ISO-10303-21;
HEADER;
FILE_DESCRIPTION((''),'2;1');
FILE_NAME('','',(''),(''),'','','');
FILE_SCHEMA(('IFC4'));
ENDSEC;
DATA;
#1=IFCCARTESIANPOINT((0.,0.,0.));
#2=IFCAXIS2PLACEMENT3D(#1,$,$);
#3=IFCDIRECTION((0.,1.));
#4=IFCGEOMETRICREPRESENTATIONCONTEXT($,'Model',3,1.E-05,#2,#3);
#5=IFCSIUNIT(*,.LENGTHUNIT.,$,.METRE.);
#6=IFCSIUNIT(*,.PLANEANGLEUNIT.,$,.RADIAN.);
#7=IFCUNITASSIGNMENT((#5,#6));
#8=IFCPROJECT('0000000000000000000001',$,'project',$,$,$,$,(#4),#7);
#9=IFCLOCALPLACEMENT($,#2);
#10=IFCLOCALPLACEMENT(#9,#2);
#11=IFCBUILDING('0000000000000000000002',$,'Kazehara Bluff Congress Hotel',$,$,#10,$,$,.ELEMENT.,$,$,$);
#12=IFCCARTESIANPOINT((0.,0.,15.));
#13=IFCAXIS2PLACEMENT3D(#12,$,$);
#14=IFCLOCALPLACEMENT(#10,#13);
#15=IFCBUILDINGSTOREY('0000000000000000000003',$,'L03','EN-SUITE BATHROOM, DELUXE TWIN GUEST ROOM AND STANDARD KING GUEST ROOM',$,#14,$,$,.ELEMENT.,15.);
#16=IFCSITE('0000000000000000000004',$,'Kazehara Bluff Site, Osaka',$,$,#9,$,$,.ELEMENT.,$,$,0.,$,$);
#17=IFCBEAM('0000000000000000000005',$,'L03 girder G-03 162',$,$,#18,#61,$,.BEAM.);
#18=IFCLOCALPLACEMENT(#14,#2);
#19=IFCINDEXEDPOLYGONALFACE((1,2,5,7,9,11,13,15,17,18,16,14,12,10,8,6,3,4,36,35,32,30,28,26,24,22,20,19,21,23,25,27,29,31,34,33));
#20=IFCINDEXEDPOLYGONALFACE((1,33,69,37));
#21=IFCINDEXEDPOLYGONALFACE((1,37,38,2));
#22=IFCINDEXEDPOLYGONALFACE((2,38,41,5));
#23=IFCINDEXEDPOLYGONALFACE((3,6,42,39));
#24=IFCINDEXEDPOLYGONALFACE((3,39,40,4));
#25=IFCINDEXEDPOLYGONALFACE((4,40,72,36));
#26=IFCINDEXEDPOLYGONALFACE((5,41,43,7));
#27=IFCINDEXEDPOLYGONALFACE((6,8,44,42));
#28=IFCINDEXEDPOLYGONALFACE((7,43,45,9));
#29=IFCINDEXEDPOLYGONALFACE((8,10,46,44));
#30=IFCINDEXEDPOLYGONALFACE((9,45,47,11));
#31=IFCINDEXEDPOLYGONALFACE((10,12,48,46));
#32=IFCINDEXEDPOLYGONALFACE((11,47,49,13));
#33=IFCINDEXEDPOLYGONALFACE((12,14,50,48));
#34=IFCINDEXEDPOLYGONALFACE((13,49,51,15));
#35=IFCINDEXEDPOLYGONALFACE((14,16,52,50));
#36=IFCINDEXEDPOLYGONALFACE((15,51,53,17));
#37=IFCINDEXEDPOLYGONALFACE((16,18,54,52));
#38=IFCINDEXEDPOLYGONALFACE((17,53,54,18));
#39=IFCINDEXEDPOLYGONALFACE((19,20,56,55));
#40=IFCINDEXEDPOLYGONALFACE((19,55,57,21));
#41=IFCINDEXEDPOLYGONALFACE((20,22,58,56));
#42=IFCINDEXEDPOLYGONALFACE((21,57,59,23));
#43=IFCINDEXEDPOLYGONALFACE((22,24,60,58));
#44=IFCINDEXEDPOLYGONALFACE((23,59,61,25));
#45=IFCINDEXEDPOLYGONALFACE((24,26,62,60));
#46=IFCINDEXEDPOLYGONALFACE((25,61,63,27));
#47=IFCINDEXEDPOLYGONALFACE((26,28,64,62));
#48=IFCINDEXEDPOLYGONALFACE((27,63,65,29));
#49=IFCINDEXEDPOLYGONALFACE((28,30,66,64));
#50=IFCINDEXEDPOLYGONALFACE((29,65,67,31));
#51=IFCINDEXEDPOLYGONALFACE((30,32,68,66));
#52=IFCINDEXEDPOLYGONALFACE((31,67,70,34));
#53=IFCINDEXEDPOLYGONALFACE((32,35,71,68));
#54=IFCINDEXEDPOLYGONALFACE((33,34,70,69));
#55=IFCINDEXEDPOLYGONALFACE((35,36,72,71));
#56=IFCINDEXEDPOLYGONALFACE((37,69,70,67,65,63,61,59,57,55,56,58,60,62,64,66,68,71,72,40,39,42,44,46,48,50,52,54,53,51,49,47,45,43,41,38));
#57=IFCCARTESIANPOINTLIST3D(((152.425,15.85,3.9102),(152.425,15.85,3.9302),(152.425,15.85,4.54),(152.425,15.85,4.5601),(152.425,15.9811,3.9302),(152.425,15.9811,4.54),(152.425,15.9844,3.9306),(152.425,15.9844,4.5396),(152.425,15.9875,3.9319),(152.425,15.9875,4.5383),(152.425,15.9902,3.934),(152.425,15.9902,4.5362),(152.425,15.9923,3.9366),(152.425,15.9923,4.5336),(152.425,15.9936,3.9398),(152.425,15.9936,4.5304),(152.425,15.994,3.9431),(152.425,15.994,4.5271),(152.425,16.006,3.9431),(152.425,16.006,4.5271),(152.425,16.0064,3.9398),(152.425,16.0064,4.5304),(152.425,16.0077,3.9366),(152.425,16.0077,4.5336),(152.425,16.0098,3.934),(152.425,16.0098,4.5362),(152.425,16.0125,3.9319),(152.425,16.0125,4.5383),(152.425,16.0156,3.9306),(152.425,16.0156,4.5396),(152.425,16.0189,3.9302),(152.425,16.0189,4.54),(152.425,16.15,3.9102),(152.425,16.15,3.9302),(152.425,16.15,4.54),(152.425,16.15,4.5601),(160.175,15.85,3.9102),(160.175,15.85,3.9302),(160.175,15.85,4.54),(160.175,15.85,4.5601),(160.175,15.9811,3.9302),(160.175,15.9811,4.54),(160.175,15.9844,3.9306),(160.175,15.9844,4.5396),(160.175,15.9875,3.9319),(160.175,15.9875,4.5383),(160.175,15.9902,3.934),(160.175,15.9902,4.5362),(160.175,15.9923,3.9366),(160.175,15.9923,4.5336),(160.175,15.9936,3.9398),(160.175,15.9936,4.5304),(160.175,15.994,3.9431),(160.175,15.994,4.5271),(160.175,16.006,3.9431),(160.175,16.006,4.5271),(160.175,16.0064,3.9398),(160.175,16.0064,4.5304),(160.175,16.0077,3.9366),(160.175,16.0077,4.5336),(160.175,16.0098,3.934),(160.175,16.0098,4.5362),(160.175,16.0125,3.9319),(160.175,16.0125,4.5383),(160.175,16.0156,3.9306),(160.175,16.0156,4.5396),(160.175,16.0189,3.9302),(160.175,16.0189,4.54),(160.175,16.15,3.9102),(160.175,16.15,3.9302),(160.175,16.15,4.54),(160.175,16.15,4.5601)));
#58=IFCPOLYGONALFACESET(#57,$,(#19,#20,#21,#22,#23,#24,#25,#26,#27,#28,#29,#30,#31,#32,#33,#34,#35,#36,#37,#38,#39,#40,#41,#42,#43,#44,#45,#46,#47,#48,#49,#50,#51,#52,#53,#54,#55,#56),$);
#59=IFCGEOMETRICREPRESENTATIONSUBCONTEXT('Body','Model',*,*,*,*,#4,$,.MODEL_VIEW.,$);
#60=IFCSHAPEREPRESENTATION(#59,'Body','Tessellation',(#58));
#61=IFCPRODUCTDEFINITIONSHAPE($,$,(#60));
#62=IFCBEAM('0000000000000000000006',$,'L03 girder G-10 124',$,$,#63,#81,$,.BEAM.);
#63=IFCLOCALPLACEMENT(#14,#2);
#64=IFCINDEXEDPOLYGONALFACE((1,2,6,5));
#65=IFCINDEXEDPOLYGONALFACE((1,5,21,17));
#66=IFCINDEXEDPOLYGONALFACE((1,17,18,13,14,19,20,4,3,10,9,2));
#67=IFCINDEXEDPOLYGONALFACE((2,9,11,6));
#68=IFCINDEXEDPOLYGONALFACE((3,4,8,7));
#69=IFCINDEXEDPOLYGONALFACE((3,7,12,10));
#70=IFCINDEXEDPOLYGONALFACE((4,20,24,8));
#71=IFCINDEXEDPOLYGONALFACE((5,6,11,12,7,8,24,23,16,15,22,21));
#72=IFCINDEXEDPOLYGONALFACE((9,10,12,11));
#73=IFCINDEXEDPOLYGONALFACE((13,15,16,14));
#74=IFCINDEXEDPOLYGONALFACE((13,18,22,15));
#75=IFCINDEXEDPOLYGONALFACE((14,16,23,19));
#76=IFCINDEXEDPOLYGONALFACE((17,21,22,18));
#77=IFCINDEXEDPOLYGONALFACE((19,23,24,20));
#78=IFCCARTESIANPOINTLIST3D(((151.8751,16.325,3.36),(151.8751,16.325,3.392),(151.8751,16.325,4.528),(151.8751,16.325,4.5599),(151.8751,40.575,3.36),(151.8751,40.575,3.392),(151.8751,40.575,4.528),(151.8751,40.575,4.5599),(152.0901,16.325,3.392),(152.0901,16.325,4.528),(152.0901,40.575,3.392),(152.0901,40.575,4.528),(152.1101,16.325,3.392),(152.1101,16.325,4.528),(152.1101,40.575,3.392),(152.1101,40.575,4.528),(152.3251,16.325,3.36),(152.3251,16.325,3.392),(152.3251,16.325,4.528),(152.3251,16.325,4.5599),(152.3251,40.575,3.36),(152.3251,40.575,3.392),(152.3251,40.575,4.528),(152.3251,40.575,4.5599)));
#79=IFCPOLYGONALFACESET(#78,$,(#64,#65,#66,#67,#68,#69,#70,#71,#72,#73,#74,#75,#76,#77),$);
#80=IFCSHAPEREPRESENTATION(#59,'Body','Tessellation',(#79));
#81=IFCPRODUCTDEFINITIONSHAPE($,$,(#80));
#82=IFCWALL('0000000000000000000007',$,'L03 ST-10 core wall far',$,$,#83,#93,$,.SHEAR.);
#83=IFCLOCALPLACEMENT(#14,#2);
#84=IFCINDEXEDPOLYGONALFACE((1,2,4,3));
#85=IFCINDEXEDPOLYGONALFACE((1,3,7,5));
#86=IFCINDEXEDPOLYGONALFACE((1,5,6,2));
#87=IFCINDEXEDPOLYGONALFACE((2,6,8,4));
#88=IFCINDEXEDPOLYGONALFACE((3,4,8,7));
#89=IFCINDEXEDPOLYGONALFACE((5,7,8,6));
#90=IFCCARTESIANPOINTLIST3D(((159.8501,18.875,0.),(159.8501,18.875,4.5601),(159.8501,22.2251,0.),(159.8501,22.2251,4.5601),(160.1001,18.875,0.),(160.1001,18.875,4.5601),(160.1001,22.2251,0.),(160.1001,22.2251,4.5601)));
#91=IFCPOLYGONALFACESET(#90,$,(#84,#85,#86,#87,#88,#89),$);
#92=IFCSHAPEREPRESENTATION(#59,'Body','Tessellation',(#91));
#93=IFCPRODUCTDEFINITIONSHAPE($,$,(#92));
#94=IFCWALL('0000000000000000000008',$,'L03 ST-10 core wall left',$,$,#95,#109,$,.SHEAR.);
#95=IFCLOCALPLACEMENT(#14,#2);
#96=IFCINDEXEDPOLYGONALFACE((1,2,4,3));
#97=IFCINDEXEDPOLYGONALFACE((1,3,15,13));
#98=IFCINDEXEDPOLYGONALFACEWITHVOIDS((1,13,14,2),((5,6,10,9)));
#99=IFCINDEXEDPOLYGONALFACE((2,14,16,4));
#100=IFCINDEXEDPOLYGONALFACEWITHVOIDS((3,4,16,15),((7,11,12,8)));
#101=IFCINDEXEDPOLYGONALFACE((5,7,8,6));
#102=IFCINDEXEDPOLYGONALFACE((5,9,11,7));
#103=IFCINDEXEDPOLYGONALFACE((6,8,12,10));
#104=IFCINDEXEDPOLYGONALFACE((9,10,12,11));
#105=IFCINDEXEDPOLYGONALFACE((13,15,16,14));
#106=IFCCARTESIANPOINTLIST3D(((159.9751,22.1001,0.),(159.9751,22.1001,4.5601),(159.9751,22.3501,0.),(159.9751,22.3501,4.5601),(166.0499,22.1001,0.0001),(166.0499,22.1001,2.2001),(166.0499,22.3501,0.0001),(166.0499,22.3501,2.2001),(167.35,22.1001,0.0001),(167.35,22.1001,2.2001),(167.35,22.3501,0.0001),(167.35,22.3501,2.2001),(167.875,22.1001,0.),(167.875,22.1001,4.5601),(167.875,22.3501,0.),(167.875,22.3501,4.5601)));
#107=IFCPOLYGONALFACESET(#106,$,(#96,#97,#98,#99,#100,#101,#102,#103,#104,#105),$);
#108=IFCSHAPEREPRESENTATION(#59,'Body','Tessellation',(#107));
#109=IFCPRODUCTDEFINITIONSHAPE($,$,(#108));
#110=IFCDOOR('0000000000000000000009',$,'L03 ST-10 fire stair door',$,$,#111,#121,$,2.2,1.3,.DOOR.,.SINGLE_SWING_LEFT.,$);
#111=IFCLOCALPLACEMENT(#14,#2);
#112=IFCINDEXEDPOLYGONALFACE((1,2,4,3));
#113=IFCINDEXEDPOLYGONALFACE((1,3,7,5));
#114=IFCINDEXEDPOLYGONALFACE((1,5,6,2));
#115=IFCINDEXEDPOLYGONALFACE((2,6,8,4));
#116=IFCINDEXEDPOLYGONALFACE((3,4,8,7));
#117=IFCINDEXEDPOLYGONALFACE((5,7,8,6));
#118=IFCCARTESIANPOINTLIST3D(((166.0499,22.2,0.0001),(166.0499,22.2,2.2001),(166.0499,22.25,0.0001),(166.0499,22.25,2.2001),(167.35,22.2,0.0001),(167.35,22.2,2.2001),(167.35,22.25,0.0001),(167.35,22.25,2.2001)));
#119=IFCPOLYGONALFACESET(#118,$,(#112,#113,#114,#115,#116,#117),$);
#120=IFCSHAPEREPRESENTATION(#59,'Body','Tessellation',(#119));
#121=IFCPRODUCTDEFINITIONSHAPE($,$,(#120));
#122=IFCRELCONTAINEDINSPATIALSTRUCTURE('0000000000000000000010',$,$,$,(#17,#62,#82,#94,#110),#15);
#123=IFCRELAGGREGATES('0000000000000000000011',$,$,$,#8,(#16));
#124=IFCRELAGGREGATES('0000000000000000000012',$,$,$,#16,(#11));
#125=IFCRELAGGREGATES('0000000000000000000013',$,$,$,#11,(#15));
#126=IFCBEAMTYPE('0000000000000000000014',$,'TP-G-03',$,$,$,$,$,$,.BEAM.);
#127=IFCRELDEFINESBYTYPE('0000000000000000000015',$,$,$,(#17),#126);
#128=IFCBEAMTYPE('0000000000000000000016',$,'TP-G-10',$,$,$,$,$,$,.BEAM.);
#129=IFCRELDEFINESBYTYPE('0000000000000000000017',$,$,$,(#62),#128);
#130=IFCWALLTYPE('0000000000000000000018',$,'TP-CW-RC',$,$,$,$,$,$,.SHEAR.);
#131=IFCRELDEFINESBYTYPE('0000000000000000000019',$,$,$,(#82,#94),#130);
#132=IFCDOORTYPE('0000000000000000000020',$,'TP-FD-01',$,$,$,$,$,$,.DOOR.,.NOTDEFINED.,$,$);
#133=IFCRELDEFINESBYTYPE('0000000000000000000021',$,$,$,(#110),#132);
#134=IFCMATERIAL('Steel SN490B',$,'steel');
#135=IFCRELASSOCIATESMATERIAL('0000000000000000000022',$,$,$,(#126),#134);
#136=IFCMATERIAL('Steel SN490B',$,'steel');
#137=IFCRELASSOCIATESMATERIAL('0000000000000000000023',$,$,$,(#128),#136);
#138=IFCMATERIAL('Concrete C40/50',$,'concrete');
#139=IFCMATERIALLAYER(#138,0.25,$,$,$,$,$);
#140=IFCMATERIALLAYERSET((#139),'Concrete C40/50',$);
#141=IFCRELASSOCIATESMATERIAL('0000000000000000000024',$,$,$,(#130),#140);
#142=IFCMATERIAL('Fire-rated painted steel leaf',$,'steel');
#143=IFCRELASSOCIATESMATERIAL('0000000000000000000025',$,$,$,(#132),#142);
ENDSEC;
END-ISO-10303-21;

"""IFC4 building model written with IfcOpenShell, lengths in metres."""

from ifc_helpers import new_model, si_unit, direction, frame, frame_2d, origin, origin_2d, place, context, subcontext, project, spatial, rectangle, i_section, extrude, material, layer, layer_set, material_profile, profile_set, type_object, element, fill, save


model = new_model("IFC4")

# Units and contexts
model_context = context("Model", 3, precision=1e-05, world=origin(), true_north=direction((0.0, 1.0)))
body_context = subcontext(model_context, "Body", "Model", "MODEL_VIEW")
ifc_project = project(units=[si_unit("LENGTHUNIT", "METRE"), si_unit("PLANEANGLEUNIT", "RADIAN")], contexts=[model_context])

# Site, building, storey
site_placement = place(None, origin())
site = spatial("IfcSite", under=ifc_project, at=site_placement, Name="Kazehara Bluff Site, Osaka", CompositionType="ELEMENT", RefElevation=0.0)
building_placement = place(site_placement, origin())
building = spatial("IfcBuilding", under=site, at=building_placement, Name="Kazehara Bluff Congress Hotel", CompositionType="ELEMENT")
storey_placement = place(building_placement, frame((0.0, 0.0, 15.0)))
storey = spatial("IfcBuildingStorey", under=building, at=storey_placement, Name="L03", Description="EN-SUITE BATHROOM, DELUXE TWIN GUEST ROOM AND STANDARD KING GUEST ROOM", CompositionType="ELEMENT", Elevation=15.0)

# Beams
ifc_material_1 = material(Name="Steel SN490B", Category="steel")
ifc_material_profile_1 = material_profile(ifc_material_1, i_section(OverallWidth=0.3, OverallDepth=0.6499, WebThickness=0.012, FlangeThickness=0.02, FilletRadius=0.0129, at=origin_2d()))
ifc_profile_set_1 = profile_set([ifc_material_profile_1], Name="Steel SN490B")
beam_type_1 = type_object("IfcBeamType", Name="TP-G-03", PredefinedType="BEAM", material=ifc_profile_set_1)
for number, where, z_axis, x_axis, name in (
    (1, (152.425, 16.0, 4.2351), (1.0, 0.0, 0.0), (0.0, 1.0, 0.0), "L03 girder G-03 162"),
):
    element("IfcBeam", number, at=place(storey_placement, frame(where, z_axis=z_axis, x_axis=x_axis)), inside=storey, type_object=beam_type_1, Name=name, PredefinedType="BEAM", context=body_context, shape_type="SweptSolid", body=[
        extrude(i_section(OverallWidth=0.3, OverallDepth=0.6499, WebThickness=0.012, FlangeThickness=0.02, FilletRadius=0.0129, at=origin_2d()), origin(), (0.0, 0.0, 1.0), 7.75),
    ])
ifc_material_2 = material(Name="Steel SN490B", Category="steel")
ifc_material_profile_2 = material_profile(ifc_material_2, i_section(OverallWidth=0.45, OverallDepth=1.2, WebThickness=0.02, FlangeThickness=0.032, at=origin_2d()))
ifc_profile_set_2 = profile_set([ifc_material_profile_2], Name="Steel SN490B")
beam_type_2 = type_object("IfcBeamType", Name="TP-G-10", PredefinedType="BEAM", material=ifc_profile_set_2)
beam_placement = place(storey_placement, frame((152.1001, 16.325, 3.96), z_axis=(0.0, 1.0, 0.0), x_axis=(-1.0, 0.0, 0.0)))
element("IfcBeam", 2, at=beam_placement, inside=storey, type_object=beam_type_2, Name="L03 girder G-10 124", PredefinedType="BEAM", context=body_context, shape_type="SweptSolid", body=[
    extrude(i_section(OverallWidth=0.45, OverallDepth=1.2, WebThickness=0.02, FlangeThickness=0.032, at=origin_2d()), origin(), (0.0, 0.0, 1.0), 24.25),
])

# Wall
ifc_material_3 = material(Name="Concrete C40/50", Category="concrete")
ifc_layer_1 = layer(ifc_material_3, 0.25)
ifc_layer_set_1 = layer_set([ifc_layer_1], Name="Concrete C40/50")
wall_type_1 = type_object("IfcWallType", Name="TP-CW-RC", PredefinedType="SHEAR", material=ifc_layer_set_1)
wall_1_placement = place(storey_placement, frame((159.9751, 18.875, 0.0), z_axis=(0.0, 0.0, 1.0), x_axis=(0.0, 1.0, 0.0)))
element("IfcWall", 3, at=wall_1_placement, inside=storey, type_object=wall_type_1, Name="L03 ST-10 core wall far", PredefinedType="SHEAR", context=body_context, shape_type="SweptSolid", body=[
    extrude(rectangle(XDim=3.3501, YDim=0.25, at=frame_2d((1.675, 0.0))), origin(), (0.0, 0.0, 1.0), 4.5601),
])

# Wall, opening, door
wall_2_placement = place(storey_placement, frame((159.9751, 22.2251, 0.0), z_axis=(0.0, 0.0, 1.0), x_axis=(1.0, 0.0, 0.0)))
wall_2 = element("IfcWall", 4, at=wall_2_placement, inside=storey, type_object=wall_type_1, Name="L03 ST-10 core wall left", PredefinedType="SHEAR", context=body_context, shape_type="SweptSolid", body=[
    extrude(rectangle(XDim=7.8999, YDim=0.25, at=frame_2d((3.95, 0.0))), origin(), (0.0, 0.0, 1.0), 4.5601),
])
opening_1_placement = place(wall_2_placement, frame((6.075, 0.0, 0.0)))
opening_1 = element("IfcOpeningElement", 5, at=opening_1_placement, cuts=wall_2, PredefinedType="OPENING", context=body_context, shape_type="SweptSolid", body=[
    extrude(rectangle(XDim=1.3, YDim=2.2, at=frame_2d((0.6499, 1.1001))), frame((0.0, 0.135, 0.0), z_axis=(0.0, -1.0, 0.0), x_axis=(1.0, 0.0, 0.0)), (0.0, 0.0, 1.0), 0.27),
])
ifc_material_4 = material(Name="Fire-rated painted steel leaf", Category="steel")
door_type_1 = type_object("IfcDoorType", Name="TP-FD-01", OperationType="NOTDEFINED", PredefinedType="DOOR", material=ifc_material_4)
door_1_placement = place(opening_1_placement, origin())
door_1 = element("IfcDoor", 6, at=door_1_placement, inside=storey, type_object=door_type_1, Name="L03 ST-10 fire stair door", OperationType="SINGLE_SWING_LEFT", OverallHeight=2.2, OverallWidth=1.3, PredefinedType="DOOR", context=body_context, shape_type="SweptSolid", body=[
    extrude(rectangle(XDim=1.3, YDim=2.2, at=frame_2d((0.6499, 1.1001))), frame((0.0, 0.0249, 0.0), z_axis=(0.0, -1.0, 0.0), x_axis=(1.0, 0.0, 0.0)), (0.0, 0.0, 1.0), 0.05),
])
fill(opening_1, door_1)

save(model, "model.ifc")
